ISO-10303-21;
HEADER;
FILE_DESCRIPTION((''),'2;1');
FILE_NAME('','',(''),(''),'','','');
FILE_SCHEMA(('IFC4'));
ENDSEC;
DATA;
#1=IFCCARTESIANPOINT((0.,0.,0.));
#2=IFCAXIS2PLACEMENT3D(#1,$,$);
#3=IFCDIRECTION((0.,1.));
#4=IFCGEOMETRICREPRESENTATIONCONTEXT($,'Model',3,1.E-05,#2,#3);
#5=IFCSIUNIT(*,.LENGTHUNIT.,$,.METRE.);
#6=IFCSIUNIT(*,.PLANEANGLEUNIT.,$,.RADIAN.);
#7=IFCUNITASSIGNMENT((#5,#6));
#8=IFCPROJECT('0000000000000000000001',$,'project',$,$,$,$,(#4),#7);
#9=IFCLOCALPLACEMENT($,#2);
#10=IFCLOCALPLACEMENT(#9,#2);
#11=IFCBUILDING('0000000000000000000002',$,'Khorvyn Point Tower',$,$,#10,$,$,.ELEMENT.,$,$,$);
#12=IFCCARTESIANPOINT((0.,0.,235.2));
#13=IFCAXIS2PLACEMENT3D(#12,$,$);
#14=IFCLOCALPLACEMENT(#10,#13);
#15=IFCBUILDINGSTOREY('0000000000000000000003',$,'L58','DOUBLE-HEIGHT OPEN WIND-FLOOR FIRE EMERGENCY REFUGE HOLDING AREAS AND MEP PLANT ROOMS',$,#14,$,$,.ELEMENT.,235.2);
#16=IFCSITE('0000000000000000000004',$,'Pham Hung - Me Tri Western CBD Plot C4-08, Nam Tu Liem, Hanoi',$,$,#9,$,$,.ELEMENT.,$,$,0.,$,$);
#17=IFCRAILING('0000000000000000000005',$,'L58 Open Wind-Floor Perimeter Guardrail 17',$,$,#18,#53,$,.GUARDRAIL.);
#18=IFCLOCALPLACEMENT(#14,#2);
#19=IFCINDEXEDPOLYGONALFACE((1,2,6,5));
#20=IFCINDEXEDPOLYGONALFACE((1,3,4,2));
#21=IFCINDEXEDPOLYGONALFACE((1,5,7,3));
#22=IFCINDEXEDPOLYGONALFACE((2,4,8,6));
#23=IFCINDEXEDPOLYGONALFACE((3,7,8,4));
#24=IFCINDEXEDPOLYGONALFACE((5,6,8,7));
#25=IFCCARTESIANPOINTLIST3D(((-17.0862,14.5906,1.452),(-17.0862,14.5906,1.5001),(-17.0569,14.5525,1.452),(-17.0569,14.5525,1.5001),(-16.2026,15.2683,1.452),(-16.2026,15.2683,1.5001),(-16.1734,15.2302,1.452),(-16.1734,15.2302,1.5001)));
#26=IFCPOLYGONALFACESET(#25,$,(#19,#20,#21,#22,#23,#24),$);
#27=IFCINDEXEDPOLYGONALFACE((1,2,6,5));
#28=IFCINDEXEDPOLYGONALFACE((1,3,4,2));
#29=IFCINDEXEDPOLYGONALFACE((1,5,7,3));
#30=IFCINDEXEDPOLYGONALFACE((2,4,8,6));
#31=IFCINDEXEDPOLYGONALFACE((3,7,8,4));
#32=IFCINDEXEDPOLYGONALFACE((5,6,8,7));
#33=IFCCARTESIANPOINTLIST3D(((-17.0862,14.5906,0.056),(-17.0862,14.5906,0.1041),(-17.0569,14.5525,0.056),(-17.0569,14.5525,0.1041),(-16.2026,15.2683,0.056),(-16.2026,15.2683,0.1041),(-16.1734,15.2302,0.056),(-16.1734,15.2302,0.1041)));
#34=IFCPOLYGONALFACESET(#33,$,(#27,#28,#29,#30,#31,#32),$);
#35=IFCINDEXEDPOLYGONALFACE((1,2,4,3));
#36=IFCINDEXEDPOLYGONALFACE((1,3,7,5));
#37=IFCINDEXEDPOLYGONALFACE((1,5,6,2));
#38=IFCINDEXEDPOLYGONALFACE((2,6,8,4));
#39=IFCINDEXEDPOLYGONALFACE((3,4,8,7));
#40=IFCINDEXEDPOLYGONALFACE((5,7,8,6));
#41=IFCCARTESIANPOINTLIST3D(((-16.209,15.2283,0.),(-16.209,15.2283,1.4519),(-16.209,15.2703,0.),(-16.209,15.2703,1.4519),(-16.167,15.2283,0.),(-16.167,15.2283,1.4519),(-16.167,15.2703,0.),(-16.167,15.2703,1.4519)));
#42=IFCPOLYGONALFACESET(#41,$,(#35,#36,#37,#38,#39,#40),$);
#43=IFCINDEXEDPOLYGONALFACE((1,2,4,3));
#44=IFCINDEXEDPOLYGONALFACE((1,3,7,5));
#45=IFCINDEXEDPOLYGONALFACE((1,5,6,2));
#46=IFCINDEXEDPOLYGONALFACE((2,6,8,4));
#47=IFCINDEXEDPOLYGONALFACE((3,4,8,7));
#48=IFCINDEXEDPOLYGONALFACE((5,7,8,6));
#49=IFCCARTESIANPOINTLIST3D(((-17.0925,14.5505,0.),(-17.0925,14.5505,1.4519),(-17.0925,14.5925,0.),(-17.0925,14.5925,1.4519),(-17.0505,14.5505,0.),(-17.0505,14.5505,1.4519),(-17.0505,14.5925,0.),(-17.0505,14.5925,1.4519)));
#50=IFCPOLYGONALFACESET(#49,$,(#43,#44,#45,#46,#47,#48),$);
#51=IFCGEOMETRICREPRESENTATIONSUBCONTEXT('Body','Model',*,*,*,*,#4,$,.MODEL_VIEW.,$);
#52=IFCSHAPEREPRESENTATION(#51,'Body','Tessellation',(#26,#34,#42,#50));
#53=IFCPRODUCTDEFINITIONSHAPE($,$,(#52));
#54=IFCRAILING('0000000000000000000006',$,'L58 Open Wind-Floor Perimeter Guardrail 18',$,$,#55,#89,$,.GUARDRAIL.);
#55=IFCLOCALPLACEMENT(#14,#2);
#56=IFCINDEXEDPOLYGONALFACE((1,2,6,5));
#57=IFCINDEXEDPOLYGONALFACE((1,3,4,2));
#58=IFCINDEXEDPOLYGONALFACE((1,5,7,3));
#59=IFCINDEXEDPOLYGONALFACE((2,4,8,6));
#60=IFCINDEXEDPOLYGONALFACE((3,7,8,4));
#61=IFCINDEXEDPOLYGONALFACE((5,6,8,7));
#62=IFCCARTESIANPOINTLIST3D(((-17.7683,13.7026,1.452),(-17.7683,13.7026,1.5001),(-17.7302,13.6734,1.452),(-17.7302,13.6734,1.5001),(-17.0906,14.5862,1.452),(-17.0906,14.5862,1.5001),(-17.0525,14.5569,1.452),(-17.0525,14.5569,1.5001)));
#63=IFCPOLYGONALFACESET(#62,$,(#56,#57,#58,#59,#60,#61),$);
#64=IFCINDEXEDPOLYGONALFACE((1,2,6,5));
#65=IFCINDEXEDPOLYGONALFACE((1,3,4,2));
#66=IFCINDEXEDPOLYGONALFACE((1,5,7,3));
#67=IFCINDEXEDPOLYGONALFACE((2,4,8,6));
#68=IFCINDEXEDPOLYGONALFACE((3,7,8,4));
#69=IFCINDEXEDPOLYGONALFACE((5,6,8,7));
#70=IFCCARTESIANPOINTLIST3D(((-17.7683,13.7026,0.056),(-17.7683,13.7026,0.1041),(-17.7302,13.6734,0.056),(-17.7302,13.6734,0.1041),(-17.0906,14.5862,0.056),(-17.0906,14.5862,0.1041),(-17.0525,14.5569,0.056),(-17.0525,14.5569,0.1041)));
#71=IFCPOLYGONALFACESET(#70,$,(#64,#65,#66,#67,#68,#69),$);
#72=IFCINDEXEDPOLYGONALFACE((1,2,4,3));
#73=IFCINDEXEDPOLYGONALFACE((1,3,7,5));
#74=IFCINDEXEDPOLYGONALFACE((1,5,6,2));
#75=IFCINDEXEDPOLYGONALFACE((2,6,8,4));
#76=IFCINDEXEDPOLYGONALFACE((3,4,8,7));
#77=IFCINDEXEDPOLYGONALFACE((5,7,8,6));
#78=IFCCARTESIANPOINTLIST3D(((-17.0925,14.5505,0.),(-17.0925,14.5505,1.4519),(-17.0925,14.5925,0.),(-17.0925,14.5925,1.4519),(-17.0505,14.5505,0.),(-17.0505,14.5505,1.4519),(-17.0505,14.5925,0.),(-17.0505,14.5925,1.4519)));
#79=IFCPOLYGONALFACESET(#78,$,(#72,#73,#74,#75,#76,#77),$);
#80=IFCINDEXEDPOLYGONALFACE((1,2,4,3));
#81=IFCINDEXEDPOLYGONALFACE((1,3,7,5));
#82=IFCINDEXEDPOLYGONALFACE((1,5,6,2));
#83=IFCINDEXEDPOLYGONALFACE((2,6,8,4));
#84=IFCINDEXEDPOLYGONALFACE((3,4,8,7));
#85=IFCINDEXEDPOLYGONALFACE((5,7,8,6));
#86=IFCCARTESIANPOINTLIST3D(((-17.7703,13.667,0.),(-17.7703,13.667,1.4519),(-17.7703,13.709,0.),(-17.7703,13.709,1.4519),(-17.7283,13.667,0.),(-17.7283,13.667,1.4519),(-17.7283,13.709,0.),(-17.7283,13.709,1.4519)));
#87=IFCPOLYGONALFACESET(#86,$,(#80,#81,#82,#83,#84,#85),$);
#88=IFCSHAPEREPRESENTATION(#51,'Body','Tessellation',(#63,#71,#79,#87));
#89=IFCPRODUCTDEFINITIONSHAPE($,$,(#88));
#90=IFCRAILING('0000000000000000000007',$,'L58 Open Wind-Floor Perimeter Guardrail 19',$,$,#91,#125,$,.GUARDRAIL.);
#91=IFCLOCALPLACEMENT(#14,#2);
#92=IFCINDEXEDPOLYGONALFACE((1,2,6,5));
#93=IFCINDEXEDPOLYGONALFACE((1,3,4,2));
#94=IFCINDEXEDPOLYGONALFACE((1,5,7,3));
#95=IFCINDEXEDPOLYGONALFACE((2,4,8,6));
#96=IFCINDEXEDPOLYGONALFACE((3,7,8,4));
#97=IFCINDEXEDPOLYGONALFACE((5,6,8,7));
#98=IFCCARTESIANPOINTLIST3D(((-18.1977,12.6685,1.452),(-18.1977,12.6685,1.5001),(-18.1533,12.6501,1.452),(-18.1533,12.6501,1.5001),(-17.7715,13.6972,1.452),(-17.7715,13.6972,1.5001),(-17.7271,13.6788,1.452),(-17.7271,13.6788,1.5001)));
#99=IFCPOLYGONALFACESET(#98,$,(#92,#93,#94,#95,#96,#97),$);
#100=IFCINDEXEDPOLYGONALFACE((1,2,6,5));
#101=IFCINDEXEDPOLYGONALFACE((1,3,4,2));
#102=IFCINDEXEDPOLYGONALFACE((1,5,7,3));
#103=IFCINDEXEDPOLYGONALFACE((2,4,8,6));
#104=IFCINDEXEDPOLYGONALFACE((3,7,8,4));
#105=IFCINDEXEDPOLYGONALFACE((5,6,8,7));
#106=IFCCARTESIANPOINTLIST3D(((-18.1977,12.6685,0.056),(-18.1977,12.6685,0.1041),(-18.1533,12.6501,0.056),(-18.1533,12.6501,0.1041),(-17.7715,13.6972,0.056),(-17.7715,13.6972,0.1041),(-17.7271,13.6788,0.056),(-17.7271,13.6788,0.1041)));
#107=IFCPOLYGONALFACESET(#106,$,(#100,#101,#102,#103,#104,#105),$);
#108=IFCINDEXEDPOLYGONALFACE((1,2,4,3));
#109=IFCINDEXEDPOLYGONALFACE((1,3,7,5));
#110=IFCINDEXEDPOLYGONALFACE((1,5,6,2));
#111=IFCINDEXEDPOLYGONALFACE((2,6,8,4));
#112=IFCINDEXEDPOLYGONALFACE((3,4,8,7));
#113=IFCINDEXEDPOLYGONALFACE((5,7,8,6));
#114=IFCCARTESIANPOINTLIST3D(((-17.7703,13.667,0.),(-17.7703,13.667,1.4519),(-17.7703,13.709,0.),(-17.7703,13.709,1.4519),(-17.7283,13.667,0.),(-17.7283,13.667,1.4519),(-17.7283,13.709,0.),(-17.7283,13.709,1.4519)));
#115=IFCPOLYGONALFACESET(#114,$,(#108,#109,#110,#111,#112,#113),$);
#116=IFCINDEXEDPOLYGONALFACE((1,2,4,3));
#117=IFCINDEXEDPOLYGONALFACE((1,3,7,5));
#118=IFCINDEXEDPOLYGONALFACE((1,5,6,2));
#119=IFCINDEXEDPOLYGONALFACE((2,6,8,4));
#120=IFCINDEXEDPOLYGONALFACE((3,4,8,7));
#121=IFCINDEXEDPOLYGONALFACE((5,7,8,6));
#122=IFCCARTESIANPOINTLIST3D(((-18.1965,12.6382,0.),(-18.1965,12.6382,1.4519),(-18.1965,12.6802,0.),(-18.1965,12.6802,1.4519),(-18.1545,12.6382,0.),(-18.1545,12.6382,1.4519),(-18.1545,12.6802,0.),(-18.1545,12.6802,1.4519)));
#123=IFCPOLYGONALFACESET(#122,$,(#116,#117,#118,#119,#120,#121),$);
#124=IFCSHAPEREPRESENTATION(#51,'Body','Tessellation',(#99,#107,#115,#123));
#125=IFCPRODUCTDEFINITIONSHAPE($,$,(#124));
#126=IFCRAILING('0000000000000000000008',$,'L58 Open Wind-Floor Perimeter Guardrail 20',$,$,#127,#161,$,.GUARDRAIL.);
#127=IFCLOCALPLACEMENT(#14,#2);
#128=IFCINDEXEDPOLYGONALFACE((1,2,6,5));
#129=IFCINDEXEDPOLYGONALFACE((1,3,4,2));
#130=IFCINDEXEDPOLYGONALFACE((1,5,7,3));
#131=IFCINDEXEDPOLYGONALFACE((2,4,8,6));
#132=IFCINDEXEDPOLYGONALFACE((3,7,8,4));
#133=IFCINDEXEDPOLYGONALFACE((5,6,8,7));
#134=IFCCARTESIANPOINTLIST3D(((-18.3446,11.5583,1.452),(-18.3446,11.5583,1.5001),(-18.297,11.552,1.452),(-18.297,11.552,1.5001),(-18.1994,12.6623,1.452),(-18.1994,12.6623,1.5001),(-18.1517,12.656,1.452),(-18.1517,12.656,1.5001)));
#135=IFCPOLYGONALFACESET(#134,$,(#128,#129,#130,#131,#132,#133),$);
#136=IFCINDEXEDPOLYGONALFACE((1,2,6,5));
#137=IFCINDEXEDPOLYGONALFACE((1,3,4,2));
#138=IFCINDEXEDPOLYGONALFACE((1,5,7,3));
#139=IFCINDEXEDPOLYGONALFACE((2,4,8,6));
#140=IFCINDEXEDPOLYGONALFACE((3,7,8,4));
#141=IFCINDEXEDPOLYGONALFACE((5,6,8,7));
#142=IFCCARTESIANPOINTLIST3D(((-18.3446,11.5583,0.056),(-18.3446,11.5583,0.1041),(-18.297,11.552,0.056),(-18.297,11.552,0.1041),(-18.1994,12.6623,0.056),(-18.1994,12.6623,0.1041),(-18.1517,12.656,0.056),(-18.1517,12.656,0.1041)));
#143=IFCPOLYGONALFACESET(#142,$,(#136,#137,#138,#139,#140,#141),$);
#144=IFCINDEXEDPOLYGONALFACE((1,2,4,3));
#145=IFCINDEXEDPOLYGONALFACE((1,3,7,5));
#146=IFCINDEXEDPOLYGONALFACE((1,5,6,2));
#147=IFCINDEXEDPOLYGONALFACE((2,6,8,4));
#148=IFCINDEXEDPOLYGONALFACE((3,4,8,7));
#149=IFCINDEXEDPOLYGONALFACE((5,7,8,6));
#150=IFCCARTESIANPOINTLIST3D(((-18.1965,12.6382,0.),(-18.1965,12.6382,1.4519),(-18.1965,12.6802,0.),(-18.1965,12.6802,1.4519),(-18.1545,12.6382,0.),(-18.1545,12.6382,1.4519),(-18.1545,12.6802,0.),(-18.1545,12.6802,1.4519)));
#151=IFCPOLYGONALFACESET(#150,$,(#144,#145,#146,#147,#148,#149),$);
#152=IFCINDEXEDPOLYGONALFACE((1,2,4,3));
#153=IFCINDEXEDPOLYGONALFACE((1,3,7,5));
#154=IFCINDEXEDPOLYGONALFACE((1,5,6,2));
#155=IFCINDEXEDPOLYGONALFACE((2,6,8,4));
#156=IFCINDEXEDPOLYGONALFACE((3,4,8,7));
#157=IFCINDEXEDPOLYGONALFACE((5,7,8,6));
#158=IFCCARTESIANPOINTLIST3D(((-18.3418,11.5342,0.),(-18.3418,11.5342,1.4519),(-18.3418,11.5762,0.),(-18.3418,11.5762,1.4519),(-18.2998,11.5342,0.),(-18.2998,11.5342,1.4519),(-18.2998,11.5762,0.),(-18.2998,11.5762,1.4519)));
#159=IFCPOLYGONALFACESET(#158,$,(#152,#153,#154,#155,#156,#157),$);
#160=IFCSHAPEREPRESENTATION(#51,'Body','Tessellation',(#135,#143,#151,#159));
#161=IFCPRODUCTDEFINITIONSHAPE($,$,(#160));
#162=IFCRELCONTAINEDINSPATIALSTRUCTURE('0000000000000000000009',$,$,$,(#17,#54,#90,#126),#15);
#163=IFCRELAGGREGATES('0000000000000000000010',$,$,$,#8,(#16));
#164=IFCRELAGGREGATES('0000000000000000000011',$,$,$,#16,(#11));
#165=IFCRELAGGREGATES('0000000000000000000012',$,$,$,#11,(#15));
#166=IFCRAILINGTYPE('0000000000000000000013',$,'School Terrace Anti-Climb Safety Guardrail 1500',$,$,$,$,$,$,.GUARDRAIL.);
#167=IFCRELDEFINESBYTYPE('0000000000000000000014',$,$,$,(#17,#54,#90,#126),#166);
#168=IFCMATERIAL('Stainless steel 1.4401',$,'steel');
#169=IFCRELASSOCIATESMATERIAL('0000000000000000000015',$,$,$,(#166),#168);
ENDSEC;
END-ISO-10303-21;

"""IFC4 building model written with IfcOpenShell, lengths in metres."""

from ifc_helpers import new_model, si_unit, direction, frame, origin, origin_2d, place, context, subcontext, project, spatial, rectangle, extrude, material, type_object, element, save


model = new_model("IFC4")

# Units and contexts
model_context = context("Model", 3, precision=1e-05, world=origin(), true_north=direction((0.0, 1.0)))
body_context = subcontext(model_context, "Body", "Model", "MODEL_VIEW")
ifc_project = project(units=[si_unit("LENGTHUNIT", "METRE"), si_unit("PLANEANGLEUNIT", "RADIAN")], contexts=[model_context])

# Site, building, storey
site_placement = place(None, origin())
site = spatial("IfcSite", under=ifc_project, at=site_placement, Name="Pham Hung - Me Tri Western CBD Plot C4-08, Nam Tu Liem, Hanoi", CompositionType="ELEMENT", RefElevation=0.0)
building_placement = place(site_placement, origin())
building = spatial("IfcBuilding", under=site, at=building_placement, Name="Khorvyn Point Tower", CompositionType="ELEMENT")
storey_placement = place(building_placement, frame((0.0, 0.0, 235.2)))
storey = spatial("IfcBuildingStorey", under=building, at=storey_placement, Name="L58", Description="DOUBLE-HEIGHT OPEN WIND-FLOOR FIRE EMERGENCY REFUGE HOLDING AREAS AND MEP PLANT ROOMS", CompositionType="ELEMENT", Elevation=235.2)

# Railings
ifc_material_1 = material(Name="Stainless steel 1.4401", Category="steel")
railing_type_1 = type_object("IfcRailingType", Name="School Terrace Anti-Climb Safety Guardrail 1500", PredefinedType="GUARDRAIL", material=ifc_material_1)
railing_1_placement = place(storey_placement, frame((-16.188, 15.2493, 0.0)))
element("IfcRailing", 1, at=railing_1_placement, inside=storey, type_object=railing_type_1, Name="L58 Open Wind-Floor Perimeter Guardrail 17", PredefinedType="GUARDRAIL", context=body_context, shape_type="SweptSolid", body=[
    extrude(rectangle(XDim=0.0481, YDim=0.0481, at=origin_2d()), frame((0.0, 0.0, 1.4761), z_axis=(-0.793455, -0.608629, 0.0), x_axis=(0.608629, -0.793455, 0.0)), (0.0, 0.0, 1.0), 1.1135),
    extrude(rectangle(XDim=0.0481, YDim=0.0481, at=origin_2d()), frame((0.0, 0.0, 0.0801), z_axis=(-0.793455, -0.608629, 0.0), x_axis=(0.608629, -0.793455, 0.0)), (0.0, 0.0, 1.0), 1.1135),
    extrude(rectangle(XDim=0.042, YDim=0.042, at=origin_2d()), origin(), (0.0, 0.0, 1.0), 1.4519),
    extrude(rectangle(XDim=0.042, YDim=0.042, at=origin_2d()), frame((-0.8835, -0.6777, 0.0)), (0.0, 0.0, 1.0), 1.4519),
])
railing_2_placement = place(storey_placement, frame((-17.0715, 14.5715, 0.0)))
element("IfcRailing", 2, at=railing_2_placement, inside=storey, type_object=railing_type_1, Name="L58 Open Wind-Floor Perimeter Guardrail 18", PredefinedType="GUARDRAIL", context=body_context, shape_type="SweptSolid", body=[
    extrude(rectangle(XDim=0.0481, YDim=0.0481, at=origin_2d()), frame((0.0, 0.0, 1.4761), z_axis=(-0.608629, -0.793455, 0.0), x_axis=(0.793455, -0.608629, 0.0)), (0.0, 0.0, 1.0), 1.1135),
    extrude(rectangle(XDim=0.0481, YDim=0.0481, at=origin_2d()), frame((0.0, 0.0, 0.0801), z_axis=(-0.608629, -0.793455, 0.0), x_axis=(0.793455, -0.608629, 0.0)), (0.0, 0.0, 1.0), 1.1135),
    extrude(rectangle(XDim=0.042, YDim=0.042, at=origin_2d()), origin(), (0.0, 0.0, 1.0), 1.4519),
    extrude(rectangle(XDim=0.042, YDim=0.042, at=origin_2d()), frame((-0.6777, -0.8835, 0.0)), (0.0, 0.0, 1.0), 1.4519),
])
railing_3_placement = place(storey_placement, frame((-17.7493, 13.688, 0.0)))
element("IfcRailing", 3, at=railing_3_placement, inside=storey, type_object=railing_type_1, Name="L58 Open Wind-Floor Perimeter Guardrail 19", PredefinedType="GUARDRAIL", context=body_context, shape_type="SweptSolid", body=[
    extrude(rectangle(XDim=0.0481, YDim=0.0481, at=origin_2d()), frame((0.0, 0.0, 1.4761), z_axis=(-0.382778, -0.92384, 0.0), x_axis=(0.92384, -0.382778, 0.0)), (0.0, 0.0, 1.0), 1.1135),
    extrude(rectangle(XDim=0.0481, YDim=0.0481, at=origin_2d()), frame((0.0, 0.0, 0.0801), z_axis=(-0.382778, -0.92384, 0.0), x_axis=(0.92384, -0.382778, 0.0)), (0.0, 0.0, 1.0), 1.1135),
    extrude(rectangle(XDim=0.042, YDim=0.042, at=origin_2d()), origin(), (0.0, 0.0, 1.0), 1.4519),
    extrude(rectangle(XDim=0.042, YDim=0.042, at=origin_2d()), frame((-0.4263, -1.0288, 0.0)), (0.0, 0.0, 1.0), 1.4519),
])
railing_4_placement = place(storey_placement, frame((-18.1755, 12.6592, 0.0)))
element("IfcRailing", 4, at=railing_4_placement, inside=storey, type_object=railing_type_1, Name="L58 Open Wind-Floor Perimeter Guardrail 20", PredefinedType="GUARDRAIL", context=body_context, shape_type="SweptSolid", body=[
    extrude(rectangle(XDim=0.0481, YDim=0.0481, at=origin_2d()), frame((0.0, 0.0, 1.4761), z_axis=(-0.130455, -0.991454, 0.0), x_axis=(0.991454, -0.130455, 0.0)), (0.0, 0.0, 1.0), 1.1135),
    extrude(rectangle(XDim=0.0481, YDim=0.0481, at=origin_2d()), frame((0.0, 0.0, 0.0801), z_axis=(-0.130455, -0.991454, 0.0), x_axis=(0.991454, -0.130455, 0.0)), (0.0, 0.0, 1.0), 1.1135),
    extrude(rectangle(XDim=0.042, YDim=0.042, at=origin_2d()), origin(), (0.0, 0.0, 1.0), 1.4519),
    extrude(rectangle(XDim=0.042, YDim=0.042, at=origin_2d()), frame((-0.1453, -1.104, 0.0)), (0.0, 0.0, 1.0), 1.4519),
])

save(model, "model.ifc")
